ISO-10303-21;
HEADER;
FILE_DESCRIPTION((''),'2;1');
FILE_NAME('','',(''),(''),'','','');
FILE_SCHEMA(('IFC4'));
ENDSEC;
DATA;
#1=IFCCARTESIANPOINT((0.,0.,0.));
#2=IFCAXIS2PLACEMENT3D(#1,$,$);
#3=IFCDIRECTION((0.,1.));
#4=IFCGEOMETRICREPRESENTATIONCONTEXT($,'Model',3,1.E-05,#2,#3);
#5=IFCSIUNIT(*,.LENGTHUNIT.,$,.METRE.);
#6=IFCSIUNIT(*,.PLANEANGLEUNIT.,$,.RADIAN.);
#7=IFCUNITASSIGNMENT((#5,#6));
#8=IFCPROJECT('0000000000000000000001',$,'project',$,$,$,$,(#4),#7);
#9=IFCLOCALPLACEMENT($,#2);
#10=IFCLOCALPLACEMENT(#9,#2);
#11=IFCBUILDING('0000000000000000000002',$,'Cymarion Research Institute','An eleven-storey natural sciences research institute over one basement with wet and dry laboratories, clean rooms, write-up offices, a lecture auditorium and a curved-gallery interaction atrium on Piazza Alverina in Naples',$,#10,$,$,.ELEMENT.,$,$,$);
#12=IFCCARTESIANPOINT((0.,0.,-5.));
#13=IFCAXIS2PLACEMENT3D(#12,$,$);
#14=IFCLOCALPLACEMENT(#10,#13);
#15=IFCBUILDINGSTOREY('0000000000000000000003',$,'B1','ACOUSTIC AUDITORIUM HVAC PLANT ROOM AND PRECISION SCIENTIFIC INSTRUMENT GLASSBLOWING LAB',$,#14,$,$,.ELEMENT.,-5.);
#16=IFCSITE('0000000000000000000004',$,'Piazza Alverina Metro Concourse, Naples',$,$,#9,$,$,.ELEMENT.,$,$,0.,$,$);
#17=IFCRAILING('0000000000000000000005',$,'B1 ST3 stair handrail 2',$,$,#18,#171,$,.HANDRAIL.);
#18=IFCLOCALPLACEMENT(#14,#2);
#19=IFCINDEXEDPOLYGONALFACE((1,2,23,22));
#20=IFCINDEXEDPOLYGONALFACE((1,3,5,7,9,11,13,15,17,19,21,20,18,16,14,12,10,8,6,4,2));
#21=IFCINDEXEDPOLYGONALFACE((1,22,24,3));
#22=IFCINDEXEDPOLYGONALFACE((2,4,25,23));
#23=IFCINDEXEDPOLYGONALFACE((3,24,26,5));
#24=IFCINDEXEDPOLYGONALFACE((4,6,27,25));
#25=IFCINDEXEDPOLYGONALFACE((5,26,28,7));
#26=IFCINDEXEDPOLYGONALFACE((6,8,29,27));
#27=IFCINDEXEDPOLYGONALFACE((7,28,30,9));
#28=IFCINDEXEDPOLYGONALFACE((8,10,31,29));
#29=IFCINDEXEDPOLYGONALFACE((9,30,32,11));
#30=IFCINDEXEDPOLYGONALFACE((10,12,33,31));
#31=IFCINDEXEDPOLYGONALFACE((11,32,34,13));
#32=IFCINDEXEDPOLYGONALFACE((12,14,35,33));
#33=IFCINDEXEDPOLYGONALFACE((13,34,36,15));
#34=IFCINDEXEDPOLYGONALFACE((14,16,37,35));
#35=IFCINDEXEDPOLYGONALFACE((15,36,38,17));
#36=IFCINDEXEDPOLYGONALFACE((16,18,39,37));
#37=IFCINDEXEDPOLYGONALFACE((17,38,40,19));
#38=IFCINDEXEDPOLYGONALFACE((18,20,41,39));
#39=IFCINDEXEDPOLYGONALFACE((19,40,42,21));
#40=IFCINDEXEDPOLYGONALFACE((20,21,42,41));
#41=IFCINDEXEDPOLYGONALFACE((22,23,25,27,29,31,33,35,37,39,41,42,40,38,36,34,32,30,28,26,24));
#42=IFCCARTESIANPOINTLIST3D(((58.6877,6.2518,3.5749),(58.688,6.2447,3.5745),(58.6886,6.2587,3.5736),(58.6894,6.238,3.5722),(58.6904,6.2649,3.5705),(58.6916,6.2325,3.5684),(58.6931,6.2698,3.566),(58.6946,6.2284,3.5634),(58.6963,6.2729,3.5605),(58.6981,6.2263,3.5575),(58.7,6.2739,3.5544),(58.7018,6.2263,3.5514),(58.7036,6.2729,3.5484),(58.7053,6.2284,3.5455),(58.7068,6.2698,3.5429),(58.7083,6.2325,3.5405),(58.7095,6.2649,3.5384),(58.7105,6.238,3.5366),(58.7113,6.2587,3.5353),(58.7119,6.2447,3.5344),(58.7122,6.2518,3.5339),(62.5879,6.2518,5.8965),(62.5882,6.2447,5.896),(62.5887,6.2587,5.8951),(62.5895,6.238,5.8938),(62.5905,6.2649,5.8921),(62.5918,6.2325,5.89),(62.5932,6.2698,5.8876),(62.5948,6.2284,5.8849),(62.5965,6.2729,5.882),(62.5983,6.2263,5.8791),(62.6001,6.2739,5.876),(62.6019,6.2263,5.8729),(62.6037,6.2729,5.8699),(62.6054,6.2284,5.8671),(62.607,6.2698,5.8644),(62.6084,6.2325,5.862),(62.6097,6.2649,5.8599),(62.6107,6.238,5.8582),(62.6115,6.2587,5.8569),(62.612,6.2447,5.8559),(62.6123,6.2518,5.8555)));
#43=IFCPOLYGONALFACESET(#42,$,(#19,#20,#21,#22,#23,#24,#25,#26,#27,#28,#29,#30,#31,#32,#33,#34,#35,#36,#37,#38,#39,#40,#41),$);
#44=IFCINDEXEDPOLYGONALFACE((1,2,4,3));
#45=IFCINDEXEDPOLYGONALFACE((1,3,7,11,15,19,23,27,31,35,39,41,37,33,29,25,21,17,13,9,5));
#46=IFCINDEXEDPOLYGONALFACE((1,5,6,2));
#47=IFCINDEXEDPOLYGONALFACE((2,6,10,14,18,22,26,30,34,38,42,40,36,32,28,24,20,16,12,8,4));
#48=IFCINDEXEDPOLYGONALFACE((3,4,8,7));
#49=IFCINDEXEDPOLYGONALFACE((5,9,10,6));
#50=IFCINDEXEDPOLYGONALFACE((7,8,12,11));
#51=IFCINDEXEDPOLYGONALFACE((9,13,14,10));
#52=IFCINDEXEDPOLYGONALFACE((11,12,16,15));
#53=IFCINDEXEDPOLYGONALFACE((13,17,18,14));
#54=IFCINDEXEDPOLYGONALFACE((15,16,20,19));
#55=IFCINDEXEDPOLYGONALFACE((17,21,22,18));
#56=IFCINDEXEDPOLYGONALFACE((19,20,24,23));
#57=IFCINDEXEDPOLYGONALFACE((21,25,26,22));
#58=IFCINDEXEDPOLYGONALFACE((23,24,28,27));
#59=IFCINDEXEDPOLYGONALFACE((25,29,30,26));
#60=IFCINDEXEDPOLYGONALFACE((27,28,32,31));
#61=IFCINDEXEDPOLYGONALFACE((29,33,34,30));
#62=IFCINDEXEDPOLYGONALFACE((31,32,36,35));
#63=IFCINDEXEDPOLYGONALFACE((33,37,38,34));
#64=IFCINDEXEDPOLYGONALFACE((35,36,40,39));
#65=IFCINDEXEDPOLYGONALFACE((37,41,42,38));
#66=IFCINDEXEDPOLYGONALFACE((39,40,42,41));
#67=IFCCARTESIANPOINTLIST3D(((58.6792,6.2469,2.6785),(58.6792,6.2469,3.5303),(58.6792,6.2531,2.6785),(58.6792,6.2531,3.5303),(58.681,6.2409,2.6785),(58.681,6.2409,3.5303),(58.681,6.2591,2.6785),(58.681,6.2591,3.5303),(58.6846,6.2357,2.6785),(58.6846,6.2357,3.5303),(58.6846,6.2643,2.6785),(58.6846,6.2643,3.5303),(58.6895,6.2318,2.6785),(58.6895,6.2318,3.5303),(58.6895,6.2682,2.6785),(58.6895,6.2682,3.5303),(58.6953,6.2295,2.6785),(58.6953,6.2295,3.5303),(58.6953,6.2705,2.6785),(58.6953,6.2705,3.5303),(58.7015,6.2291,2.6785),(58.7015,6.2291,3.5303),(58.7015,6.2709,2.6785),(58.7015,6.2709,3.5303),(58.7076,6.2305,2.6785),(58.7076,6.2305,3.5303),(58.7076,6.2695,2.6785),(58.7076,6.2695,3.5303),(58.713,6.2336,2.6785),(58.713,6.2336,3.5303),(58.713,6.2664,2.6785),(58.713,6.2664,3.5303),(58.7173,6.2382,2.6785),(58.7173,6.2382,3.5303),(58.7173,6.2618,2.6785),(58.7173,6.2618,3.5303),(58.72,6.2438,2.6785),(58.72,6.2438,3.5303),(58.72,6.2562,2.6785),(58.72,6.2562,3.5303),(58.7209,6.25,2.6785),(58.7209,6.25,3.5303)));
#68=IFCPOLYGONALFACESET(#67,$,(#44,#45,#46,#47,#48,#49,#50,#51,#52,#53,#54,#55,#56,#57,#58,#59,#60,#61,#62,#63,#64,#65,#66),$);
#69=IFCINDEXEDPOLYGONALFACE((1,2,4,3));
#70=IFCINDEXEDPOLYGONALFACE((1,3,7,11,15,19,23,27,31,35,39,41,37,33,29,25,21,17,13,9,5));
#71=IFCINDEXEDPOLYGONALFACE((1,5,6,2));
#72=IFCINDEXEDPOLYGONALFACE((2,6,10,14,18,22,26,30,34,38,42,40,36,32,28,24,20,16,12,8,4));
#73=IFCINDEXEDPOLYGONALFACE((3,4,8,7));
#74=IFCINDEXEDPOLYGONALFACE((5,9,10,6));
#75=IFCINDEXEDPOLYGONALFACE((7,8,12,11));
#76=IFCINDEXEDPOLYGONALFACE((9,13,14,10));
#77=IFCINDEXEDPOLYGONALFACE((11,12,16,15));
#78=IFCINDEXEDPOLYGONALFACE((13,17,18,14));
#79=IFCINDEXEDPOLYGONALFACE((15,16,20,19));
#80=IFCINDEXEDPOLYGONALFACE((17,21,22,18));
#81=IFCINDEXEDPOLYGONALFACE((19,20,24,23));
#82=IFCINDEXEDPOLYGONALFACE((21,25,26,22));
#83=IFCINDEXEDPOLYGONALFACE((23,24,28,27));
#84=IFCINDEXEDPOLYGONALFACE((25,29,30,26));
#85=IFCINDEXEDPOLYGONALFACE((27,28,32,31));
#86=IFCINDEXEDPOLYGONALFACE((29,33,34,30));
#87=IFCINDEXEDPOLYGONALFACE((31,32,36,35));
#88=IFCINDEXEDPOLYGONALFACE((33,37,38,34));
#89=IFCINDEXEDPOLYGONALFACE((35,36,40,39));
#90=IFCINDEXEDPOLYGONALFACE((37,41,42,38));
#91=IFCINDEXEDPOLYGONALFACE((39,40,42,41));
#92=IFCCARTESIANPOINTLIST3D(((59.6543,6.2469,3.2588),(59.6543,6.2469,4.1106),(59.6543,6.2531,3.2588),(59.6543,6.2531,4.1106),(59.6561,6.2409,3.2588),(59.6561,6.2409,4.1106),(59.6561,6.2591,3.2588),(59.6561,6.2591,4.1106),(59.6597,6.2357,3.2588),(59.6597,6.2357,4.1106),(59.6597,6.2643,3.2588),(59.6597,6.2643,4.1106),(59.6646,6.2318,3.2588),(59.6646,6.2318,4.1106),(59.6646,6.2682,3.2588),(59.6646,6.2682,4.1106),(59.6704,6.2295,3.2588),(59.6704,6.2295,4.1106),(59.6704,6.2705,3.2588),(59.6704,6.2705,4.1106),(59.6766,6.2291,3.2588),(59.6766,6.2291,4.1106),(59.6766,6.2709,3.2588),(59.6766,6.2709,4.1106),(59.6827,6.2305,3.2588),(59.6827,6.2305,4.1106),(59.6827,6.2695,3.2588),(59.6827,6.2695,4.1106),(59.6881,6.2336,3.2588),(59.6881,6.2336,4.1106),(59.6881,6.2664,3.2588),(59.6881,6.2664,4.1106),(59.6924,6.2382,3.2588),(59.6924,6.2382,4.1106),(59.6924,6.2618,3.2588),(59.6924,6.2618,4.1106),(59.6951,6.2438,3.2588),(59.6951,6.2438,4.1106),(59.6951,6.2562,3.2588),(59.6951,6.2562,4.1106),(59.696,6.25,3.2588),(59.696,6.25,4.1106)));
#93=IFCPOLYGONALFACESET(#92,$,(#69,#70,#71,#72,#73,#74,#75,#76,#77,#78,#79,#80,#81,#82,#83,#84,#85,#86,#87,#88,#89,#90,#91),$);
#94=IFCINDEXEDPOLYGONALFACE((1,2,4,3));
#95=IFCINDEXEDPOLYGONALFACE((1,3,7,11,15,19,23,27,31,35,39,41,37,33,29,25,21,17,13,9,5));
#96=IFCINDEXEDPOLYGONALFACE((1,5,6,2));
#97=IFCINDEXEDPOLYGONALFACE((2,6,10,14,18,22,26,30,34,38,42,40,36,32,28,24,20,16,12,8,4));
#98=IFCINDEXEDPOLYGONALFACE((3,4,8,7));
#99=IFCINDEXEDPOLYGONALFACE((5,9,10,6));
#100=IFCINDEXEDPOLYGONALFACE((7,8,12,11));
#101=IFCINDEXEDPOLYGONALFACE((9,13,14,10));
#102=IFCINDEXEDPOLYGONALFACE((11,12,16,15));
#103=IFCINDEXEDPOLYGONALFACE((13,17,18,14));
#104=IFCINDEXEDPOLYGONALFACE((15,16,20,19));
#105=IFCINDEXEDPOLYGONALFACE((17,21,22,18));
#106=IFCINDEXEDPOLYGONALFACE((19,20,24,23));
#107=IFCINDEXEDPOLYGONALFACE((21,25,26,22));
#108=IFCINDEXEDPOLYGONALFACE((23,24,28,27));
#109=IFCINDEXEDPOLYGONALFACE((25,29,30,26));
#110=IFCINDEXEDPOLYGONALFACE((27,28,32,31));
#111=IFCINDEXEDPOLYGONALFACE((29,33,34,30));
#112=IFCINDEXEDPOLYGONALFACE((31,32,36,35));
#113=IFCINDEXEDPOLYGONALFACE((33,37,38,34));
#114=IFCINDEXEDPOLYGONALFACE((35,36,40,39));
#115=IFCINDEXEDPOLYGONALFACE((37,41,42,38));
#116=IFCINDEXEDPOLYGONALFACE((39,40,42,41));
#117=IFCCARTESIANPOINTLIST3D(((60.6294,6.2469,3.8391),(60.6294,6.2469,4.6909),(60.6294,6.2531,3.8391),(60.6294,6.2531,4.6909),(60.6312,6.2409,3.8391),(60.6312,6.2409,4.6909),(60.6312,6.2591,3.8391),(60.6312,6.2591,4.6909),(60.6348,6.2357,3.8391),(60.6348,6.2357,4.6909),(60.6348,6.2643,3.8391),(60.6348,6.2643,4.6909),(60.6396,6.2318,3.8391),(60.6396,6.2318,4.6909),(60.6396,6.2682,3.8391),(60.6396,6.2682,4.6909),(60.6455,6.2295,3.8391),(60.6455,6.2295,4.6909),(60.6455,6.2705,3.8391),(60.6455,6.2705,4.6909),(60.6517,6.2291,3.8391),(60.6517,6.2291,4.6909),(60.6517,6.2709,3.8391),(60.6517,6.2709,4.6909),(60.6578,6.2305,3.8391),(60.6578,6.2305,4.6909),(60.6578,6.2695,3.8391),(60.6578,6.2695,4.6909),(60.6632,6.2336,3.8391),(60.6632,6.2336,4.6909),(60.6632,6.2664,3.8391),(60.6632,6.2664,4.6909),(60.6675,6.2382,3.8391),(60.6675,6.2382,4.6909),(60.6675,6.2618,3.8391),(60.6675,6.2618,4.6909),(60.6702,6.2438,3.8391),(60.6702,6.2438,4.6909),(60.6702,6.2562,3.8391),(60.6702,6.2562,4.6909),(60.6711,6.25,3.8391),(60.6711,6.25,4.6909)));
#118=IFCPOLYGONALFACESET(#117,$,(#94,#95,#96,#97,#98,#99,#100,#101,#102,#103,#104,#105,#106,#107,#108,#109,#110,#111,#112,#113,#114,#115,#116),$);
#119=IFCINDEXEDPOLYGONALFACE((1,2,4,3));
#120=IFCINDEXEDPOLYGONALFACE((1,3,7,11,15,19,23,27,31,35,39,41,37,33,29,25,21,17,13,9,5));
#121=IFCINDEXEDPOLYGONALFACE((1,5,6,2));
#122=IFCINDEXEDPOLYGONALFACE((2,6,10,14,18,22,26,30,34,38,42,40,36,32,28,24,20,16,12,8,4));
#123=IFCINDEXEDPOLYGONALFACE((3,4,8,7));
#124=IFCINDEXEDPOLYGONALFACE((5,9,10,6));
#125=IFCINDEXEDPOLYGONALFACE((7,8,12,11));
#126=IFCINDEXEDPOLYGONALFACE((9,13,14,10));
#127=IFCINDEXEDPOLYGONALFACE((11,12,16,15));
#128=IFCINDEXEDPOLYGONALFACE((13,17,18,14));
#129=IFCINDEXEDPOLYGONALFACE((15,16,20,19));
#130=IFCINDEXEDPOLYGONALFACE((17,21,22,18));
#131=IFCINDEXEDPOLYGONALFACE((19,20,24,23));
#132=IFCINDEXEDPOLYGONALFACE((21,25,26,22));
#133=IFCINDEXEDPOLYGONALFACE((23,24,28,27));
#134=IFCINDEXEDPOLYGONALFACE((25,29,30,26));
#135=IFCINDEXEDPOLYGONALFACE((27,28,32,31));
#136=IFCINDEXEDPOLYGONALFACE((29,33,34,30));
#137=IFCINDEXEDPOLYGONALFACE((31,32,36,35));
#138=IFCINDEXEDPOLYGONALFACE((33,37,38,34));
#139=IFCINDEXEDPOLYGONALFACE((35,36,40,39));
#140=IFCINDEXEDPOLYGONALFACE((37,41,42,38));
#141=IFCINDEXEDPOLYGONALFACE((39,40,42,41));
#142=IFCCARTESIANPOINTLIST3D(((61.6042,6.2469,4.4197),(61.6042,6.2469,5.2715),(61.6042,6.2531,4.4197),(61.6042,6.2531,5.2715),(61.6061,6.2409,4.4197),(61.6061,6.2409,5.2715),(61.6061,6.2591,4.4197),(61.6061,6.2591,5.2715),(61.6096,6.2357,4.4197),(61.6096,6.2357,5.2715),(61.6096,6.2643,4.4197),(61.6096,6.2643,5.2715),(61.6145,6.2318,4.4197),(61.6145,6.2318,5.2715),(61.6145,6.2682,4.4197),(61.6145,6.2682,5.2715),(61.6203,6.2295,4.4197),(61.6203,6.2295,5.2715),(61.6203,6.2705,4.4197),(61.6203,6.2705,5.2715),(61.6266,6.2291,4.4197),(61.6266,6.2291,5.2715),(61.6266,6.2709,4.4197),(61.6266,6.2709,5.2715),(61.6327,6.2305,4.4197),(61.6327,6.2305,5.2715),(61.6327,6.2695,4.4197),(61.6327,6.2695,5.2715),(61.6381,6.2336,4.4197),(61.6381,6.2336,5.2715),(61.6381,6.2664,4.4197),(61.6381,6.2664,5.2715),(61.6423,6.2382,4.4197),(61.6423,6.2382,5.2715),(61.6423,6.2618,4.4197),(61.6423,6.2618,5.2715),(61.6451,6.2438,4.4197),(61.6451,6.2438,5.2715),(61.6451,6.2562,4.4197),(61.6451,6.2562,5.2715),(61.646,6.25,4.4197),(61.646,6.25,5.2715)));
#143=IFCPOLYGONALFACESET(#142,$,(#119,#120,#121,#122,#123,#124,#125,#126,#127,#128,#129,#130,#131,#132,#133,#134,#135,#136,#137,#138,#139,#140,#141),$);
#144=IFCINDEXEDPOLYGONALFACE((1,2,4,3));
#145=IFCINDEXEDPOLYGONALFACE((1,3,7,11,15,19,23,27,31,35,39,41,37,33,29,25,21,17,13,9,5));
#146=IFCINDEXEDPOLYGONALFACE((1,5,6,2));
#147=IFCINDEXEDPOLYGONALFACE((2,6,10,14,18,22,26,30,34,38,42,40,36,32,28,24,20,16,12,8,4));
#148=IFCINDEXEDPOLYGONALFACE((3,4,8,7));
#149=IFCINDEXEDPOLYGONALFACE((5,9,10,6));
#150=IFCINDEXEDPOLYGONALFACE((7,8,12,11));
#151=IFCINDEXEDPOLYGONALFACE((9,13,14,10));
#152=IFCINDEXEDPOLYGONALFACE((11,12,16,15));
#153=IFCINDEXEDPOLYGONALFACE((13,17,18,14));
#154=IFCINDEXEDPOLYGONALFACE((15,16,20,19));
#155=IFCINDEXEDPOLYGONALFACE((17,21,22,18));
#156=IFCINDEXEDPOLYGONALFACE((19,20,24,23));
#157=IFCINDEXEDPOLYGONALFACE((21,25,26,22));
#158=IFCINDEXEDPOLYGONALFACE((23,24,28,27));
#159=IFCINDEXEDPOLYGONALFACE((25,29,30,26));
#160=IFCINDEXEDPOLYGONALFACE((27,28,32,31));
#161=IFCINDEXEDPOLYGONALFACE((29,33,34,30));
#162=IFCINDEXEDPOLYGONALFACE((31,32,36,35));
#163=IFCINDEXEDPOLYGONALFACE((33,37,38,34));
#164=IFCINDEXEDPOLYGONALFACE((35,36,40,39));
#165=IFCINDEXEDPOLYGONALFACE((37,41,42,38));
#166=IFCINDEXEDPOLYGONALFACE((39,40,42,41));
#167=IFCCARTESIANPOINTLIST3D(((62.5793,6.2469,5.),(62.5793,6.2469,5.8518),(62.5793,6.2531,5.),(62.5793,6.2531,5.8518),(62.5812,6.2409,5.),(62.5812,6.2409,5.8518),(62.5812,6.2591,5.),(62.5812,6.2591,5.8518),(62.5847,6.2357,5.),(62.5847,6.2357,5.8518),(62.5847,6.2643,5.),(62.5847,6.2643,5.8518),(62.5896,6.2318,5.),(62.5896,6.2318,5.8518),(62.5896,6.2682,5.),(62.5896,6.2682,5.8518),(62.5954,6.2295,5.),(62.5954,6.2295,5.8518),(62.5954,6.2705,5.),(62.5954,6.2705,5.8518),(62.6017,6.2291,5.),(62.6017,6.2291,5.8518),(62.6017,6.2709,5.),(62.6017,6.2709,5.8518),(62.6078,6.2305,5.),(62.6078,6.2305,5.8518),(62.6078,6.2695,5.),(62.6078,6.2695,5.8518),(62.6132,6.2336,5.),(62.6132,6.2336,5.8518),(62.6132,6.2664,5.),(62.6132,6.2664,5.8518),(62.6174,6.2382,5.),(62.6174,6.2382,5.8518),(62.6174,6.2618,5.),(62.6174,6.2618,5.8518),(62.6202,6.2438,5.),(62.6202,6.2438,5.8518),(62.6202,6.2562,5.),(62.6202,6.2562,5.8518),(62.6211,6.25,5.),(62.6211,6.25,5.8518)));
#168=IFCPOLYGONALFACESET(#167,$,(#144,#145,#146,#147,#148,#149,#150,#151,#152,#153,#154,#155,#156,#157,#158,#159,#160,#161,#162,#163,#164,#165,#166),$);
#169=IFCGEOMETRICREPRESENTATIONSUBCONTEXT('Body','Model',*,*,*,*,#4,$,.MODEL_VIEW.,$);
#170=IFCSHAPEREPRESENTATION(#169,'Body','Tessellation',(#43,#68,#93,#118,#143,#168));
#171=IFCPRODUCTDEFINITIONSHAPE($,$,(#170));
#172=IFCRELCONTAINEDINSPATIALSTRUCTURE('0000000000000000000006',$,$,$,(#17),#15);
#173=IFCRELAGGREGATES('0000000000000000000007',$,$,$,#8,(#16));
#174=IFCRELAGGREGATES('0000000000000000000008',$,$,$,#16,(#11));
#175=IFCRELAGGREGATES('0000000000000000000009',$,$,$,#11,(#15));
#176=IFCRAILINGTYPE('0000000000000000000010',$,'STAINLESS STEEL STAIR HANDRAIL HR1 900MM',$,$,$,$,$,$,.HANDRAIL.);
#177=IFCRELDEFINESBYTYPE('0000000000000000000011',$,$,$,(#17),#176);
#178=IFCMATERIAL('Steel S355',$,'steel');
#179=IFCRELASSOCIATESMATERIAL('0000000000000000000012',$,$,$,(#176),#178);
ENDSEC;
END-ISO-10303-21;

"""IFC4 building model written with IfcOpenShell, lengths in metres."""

from ifc_helpers import new_model, si_unit, direction, frame, origin, origin_2d, place, context, subcontext, project, spatial, circle, extrude, material, type_object, element, save


model = new_model("IFC4")

# Units and contexts
model_context = context("Model", 3, precision=1e-05, world=origin(), true_north=direction((0.0, 1.0)))
body_context = subcontext(model_context, "Body", "Model", "MODEL_VIEW")
ifc_project = project(units=[si_unit("LENGTHUNIT", "METRE"), si_unit("PLANEANGLEUNIT", "RADIAN")], contexts=[model_context])

# Site, building, storey
site_placement = place(None, origin())
site = spatial("IfcSite", under=ifc_project, at=site_placement, Name="Piazza Alverina Metro Concourse, Naples", CompositionType="ELEMENT", RefElevation=0.0)
building_placement = place(site_placement, origin())
building = spatial("IfcBuilding", under=site, at=building_placement, Name="Cymarion Research Institute", Description="An eleven-storey natural sciences research institute over one basement with wet and dry laboratories, clean rooms, write-up offices, a lecture auditorium and a curved-gallery interaction atrium on Piazza Alverina in Naples", CompositionType="ELEMENT")
storey_placement = place(building_placement, frame((0.0, 0.0, -5.0)))
storey = spatial("IfcBuildingStorey", under=building, at=storey_placement, Name="B1", Description="ACOUSTIC AUDITORIUM HVAC PLANT ROOM AND PRECISION SCIENTIFIC INSTRUMENT GLASSBLOWING LAB", CompositionType="ELEMENT", Elevation=-5.0)

# Shared definitions
ifc_material_1 = material(Name="Steel S355", Category="steel")

# Railing
railing_type_1 = type_object("IfcRailingType", Name="STAINLESS STEEL STAIR HANDRAIL HR1 900MM", PredefinedType="HANDRAIL", material=ifc_material_1)
railing_1_placement = place(storey_placement, frame((58.7, 6.25, 2.6785)))
element("IfcRailing", 1, at=railing_1_placement, inside=storey, type_object=railing_type_1, Name="B1 ST3 stair handrail 2", PredefinedType="HANDRAIL", context=body_context, shape_type="SweptSolid", body=[
    extrude(circle(Radius=0.0239, at=origin_2d()), frame((0.0, 0.0, 0.876), z_axis=(0.859291, 0.0, 0.511487), x_axis=(0.0, 1.0, 0.0)), (0.0, 0.0, 1.0), 4.5388),
    extrude(circle(Radius=0.021, at=origin_2d()), origin(), (0.0, 0.0, 1.0), 0.8518),
    extrude(circle(Radius=0.021, at=origin_2d()), frame((0.9751, 0.0, 0.5803)), (0.0, 0.0, 1.0), 0.8518),
    extrude(circle(Radius=0.021, at=origin_2d()), frame((1.9502, 0.0, 1.1606)), (0.0, 0.0, 1.0), 0.8518),
    extrude(circle(Radius=0.021, at=origin_2d()), frame((2.925, 0.0, 1.7412)), (0.0, 0.0, 1.0), 0.8518),
    extrude(circle(Radius=0.021, at=origin_2d()), frame((3.9001, 0.0, 2.3215)), (0.0, 0.0, 1.0), 0.8518),
])

save(model, "model.ifc")
